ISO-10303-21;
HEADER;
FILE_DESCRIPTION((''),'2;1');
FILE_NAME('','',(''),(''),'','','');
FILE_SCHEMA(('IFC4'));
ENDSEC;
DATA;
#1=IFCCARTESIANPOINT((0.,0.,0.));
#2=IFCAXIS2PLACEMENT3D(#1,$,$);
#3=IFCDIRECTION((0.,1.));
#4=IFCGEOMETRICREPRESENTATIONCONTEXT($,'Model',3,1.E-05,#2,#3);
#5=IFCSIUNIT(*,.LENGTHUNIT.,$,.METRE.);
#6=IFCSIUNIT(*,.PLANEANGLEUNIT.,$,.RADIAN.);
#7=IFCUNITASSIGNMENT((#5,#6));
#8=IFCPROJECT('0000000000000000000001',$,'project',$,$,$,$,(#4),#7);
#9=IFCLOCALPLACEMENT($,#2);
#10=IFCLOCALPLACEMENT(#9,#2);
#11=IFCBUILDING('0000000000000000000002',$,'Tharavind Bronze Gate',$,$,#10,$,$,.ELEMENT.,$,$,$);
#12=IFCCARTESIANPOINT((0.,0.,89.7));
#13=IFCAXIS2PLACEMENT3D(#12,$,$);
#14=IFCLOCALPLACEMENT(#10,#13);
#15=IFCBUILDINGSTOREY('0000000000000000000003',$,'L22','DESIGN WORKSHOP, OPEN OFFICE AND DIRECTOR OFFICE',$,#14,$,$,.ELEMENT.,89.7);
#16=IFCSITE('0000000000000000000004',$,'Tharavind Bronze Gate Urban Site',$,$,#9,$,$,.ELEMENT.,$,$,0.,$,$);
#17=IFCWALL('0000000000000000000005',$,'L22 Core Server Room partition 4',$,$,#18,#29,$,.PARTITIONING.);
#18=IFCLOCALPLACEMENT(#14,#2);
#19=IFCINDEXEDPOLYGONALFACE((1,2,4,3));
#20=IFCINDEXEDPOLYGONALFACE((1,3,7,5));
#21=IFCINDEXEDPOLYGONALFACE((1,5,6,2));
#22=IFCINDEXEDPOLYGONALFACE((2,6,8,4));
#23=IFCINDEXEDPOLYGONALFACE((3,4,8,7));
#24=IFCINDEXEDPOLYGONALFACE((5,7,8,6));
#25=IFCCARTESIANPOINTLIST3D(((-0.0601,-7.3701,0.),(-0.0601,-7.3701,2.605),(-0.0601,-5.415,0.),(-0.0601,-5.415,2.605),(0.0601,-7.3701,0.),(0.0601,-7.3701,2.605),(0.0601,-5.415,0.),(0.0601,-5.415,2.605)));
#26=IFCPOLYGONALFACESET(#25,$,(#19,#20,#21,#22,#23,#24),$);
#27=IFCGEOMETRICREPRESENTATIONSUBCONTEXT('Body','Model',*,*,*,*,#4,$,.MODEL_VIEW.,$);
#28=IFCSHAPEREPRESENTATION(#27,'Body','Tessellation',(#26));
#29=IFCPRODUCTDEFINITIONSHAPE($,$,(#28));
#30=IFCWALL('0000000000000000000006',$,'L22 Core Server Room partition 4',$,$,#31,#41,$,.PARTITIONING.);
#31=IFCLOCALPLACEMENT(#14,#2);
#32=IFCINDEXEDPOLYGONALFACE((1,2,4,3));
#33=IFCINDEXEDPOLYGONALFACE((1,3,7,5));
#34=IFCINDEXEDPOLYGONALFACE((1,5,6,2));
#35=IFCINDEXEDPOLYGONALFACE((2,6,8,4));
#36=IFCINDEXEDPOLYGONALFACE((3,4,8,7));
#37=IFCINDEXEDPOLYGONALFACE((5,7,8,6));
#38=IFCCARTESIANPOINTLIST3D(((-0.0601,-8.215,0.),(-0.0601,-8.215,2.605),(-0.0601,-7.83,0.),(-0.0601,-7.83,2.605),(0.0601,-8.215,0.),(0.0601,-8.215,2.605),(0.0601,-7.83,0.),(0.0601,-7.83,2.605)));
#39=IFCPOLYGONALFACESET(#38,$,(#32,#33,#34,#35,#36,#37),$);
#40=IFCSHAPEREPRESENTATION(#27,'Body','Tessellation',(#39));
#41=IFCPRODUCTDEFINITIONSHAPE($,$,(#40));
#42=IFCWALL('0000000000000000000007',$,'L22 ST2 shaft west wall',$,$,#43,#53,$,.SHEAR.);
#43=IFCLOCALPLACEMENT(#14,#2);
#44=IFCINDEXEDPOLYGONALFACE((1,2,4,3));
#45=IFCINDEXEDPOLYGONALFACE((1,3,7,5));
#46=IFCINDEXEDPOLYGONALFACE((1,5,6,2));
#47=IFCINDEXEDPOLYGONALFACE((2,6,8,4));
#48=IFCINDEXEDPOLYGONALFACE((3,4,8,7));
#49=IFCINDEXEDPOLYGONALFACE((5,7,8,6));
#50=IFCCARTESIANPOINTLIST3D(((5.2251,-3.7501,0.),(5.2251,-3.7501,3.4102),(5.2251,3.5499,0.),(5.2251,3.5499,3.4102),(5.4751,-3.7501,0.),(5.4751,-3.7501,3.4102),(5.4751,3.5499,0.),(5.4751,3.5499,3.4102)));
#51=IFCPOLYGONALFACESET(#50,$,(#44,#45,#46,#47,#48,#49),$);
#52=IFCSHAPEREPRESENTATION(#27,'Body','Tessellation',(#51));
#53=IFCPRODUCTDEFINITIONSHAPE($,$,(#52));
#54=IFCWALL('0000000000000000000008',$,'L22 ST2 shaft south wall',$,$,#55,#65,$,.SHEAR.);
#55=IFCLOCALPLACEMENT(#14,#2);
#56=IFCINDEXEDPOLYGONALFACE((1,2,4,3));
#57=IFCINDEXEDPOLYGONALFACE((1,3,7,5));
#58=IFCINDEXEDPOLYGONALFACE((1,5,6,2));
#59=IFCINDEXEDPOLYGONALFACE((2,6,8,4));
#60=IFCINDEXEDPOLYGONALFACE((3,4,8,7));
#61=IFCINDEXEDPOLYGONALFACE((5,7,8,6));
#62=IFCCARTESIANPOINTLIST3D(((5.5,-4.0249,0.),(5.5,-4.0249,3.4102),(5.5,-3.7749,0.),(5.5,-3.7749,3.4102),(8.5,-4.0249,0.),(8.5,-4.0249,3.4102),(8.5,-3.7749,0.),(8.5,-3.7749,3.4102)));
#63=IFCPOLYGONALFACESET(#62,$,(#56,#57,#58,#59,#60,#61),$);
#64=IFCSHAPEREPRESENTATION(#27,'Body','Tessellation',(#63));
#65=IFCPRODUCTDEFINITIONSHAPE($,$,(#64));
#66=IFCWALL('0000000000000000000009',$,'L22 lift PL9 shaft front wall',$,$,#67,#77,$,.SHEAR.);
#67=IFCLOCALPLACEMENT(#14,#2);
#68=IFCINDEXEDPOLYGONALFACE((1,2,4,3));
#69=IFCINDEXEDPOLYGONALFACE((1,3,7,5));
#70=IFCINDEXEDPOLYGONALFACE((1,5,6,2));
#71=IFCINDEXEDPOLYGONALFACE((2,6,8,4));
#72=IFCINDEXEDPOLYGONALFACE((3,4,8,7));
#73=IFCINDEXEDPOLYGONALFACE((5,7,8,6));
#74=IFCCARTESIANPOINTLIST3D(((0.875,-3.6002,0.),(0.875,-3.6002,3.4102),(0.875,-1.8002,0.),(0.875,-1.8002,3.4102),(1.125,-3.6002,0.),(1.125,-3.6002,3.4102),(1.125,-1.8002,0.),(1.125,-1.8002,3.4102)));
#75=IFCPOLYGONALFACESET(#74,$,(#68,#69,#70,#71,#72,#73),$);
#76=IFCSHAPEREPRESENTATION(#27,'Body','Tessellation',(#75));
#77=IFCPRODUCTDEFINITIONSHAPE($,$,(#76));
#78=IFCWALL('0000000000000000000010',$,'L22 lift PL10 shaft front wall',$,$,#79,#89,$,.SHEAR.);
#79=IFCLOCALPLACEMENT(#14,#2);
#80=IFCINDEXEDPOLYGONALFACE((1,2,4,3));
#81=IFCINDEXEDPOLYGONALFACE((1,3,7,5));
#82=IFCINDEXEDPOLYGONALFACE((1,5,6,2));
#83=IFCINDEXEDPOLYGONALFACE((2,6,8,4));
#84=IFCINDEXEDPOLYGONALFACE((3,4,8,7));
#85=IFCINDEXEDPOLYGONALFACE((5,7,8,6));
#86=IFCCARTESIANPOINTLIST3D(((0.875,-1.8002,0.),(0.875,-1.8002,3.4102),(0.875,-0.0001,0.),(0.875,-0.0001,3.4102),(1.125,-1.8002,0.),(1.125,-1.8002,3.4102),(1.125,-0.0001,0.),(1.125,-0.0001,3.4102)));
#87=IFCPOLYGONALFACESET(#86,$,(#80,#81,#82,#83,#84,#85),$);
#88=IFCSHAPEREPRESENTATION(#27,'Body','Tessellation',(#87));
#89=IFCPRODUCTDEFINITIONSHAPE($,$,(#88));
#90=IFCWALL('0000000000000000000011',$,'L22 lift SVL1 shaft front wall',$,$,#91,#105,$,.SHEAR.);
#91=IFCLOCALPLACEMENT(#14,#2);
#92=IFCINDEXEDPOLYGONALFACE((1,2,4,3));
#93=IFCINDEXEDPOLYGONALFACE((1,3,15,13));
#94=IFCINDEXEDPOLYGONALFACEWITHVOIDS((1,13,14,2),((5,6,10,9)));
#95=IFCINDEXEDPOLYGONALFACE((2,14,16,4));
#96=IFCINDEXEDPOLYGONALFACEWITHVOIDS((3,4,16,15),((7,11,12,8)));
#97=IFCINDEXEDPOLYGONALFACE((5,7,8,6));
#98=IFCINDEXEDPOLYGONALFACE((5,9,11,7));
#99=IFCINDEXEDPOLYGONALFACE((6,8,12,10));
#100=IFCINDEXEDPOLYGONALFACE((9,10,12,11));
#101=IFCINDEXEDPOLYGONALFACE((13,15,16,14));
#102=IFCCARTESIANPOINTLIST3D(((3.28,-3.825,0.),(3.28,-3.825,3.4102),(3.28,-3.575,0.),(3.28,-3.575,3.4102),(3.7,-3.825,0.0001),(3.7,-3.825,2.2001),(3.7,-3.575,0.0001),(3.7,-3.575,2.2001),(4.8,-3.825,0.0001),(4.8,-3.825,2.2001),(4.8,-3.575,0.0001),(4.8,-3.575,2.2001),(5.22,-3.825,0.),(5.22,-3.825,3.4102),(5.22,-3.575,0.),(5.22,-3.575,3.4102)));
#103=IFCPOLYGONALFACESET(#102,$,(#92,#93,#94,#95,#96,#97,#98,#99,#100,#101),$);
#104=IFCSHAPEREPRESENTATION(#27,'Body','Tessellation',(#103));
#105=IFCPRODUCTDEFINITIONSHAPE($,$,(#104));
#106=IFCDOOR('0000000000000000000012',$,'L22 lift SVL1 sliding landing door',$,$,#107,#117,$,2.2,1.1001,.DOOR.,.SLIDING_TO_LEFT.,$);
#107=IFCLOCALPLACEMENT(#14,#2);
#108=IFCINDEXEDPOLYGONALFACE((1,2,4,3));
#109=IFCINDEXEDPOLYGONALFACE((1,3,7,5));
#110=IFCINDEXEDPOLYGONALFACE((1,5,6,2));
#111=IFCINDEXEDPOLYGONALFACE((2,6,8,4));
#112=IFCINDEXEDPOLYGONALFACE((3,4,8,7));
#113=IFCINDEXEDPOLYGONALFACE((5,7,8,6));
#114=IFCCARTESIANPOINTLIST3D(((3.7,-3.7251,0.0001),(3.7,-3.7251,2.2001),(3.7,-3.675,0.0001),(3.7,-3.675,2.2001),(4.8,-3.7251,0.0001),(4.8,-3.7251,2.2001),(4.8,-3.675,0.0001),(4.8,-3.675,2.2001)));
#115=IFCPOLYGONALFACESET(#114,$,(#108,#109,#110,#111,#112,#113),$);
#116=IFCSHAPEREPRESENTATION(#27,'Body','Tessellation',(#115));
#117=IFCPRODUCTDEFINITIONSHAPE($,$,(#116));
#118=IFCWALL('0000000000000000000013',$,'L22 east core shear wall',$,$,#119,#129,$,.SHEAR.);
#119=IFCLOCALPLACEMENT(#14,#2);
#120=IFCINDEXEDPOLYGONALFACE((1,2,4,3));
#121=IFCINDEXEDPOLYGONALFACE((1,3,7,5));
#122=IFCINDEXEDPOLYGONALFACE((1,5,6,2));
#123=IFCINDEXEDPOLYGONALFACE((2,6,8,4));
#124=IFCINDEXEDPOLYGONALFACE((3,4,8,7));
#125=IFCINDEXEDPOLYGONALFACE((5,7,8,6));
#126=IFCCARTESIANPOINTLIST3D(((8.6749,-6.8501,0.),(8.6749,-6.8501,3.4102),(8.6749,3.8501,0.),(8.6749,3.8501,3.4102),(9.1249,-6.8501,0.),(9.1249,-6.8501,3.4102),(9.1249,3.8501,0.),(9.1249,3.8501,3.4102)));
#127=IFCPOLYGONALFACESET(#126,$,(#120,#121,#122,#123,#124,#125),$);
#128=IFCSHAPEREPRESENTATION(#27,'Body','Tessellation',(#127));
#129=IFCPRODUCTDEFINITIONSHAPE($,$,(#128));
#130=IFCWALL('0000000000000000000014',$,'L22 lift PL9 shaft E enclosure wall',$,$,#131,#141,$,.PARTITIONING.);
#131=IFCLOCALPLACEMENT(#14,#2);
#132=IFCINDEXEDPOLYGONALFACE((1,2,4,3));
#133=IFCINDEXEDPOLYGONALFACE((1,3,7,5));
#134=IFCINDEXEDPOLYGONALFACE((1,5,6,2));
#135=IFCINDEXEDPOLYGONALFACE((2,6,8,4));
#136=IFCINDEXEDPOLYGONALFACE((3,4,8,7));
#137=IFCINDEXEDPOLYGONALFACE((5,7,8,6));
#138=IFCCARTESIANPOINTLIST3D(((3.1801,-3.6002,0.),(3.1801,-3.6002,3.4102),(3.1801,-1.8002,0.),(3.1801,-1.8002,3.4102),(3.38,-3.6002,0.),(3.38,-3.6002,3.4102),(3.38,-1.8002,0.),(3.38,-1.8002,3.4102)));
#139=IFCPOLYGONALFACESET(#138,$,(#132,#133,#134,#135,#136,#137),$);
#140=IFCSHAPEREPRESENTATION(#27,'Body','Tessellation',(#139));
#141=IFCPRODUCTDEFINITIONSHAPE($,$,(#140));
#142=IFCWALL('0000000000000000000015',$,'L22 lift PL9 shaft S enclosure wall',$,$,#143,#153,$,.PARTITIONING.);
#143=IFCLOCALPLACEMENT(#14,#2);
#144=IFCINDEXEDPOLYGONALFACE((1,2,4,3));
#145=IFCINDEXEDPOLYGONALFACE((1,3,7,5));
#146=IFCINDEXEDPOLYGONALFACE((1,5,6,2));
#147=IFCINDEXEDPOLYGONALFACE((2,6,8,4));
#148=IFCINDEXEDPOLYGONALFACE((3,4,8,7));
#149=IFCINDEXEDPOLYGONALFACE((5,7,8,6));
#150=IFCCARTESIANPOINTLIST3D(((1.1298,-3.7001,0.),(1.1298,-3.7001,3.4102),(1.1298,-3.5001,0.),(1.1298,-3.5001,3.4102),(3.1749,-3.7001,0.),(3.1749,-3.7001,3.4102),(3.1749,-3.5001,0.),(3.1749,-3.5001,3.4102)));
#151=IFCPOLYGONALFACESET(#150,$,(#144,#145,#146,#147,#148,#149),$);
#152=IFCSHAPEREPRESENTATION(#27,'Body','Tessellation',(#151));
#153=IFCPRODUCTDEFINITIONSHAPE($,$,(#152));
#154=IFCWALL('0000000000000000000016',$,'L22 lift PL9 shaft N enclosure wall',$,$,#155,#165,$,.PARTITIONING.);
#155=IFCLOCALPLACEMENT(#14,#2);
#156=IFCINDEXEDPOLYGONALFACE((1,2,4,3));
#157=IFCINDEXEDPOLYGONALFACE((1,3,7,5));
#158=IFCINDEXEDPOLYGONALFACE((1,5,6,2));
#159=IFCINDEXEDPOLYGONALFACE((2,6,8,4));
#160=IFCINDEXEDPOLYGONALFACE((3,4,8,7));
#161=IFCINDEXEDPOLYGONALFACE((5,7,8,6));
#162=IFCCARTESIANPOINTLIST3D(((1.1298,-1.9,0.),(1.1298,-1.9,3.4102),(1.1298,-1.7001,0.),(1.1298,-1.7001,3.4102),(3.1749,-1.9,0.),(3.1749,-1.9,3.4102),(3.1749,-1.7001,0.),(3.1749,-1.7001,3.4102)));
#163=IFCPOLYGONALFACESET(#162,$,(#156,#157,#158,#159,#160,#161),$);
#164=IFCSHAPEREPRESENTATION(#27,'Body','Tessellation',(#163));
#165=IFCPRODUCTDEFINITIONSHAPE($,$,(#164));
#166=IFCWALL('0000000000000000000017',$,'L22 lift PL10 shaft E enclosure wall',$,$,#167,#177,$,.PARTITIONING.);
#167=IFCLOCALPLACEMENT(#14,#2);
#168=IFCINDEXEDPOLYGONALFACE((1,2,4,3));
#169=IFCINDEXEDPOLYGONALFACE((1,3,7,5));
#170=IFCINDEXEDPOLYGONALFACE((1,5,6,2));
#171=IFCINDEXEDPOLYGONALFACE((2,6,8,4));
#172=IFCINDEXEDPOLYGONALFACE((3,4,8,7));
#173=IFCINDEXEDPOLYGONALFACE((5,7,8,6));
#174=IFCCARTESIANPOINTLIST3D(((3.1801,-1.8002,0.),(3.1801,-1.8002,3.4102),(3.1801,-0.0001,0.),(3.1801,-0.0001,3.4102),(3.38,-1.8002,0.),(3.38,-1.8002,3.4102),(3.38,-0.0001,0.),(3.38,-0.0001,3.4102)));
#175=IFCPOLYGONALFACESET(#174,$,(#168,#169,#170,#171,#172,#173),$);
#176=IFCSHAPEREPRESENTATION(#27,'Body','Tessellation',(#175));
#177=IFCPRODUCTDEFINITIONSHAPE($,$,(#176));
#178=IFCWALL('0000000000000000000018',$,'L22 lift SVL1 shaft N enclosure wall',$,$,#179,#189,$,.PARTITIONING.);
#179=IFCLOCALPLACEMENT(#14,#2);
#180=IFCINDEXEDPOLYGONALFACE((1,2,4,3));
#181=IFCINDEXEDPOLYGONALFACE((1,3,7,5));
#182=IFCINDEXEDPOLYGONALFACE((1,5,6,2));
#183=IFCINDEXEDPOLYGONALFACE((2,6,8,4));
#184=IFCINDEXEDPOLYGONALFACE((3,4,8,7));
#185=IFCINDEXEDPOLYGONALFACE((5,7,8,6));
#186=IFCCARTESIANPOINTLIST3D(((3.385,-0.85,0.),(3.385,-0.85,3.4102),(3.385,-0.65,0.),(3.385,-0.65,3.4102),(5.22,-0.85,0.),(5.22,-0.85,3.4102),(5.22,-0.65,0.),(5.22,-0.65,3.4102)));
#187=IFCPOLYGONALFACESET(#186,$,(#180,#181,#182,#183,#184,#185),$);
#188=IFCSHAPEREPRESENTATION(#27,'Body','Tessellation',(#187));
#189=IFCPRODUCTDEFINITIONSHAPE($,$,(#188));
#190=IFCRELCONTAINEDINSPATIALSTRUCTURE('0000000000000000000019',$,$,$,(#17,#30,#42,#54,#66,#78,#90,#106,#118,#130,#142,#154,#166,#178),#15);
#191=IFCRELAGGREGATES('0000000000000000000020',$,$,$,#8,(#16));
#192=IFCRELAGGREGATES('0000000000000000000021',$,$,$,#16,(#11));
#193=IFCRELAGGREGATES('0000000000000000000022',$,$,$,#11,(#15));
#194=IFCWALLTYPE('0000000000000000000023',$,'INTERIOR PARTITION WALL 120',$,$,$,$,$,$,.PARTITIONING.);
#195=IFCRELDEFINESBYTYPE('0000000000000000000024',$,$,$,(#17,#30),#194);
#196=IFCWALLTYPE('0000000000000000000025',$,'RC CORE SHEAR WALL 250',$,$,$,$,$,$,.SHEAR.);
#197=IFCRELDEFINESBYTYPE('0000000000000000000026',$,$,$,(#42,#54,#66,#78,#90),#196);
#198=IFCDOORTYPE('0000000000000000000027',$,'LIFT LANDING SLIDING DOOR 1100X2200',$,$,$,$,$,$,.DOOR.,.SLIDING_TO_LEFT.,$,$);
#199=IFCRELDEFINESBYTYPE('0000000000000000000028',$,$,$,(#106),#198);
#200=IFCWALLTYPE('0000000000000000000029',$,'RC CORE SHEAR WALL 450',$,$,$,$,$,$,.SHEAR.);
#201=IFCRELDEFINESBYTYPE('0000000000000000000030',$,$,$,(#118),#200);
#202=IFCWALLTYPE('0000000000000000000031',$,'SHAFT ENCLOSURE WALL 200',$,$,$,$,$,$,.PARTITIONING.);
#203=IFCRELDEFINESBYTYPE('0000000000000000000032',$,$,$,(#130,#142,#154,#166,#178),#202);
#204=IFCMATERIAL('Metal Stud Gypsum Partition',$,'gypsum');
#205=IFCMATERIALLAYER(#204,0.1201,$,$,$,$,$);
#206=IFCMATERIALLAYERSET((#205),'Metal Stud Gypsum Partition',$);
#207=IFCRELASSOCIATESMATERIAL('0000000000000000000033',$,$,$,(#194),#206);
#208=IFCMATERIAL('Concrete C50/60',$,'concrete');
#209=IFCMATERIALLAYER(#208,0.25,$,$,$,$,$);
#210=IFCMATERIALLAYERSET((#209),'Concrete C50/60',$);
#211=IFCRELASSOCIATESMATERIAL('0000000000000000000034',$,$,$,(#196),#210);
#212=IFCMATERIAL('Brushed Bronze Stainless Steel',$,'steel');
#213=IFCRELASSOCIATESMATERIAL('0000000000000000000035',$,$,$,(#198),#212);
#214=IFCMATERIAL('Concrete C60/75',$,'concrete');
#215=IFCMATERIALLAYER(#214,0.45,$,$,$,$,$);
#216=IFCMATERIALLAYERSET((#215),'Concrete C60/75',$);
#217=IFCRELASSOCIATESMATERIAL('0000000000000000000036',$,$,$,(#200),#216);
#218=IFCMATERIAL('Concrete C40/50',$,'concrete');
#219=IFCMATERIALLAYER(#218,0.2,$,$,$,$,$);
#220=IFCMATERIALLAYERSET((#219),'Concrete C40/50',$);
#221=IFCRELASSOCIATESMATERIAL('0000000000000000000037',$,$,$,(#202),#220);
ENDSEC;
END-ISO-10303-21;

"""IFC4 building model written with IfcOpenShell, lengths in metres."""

from ifc_helpers import new_model, si_unit, direction, frame, frame_2d, origin, place, context, subcontext, project, spatial, rectangle, extrude, material, layer, layer_set, type_object, element, fill, save


model = new_model("IFC4")

# Units and contexts
model_context = context("Model", 3, precision=1e-05, world=origin(), true_north=direction((0.0, 1.0)))
body_context = subcontext(model_context, "Body", "Model", "MODEL_VIEW")
ifc_project = project(units=[si_unit("LENGTHUNIT", "METRE"), si_unit("PLANEANGLEUNIT", "RADIAN")], contexts=[model_context])

# Site, building, storey
site_placement = place(None, origin())
site = spatial("IfcSite", under=ifc_project, at=site_placement, Name="Tharavind Bronze Gate Urban Site", CompositionType="ELEMENT", RefElevation=0.0)
building_placement = place(site_placement, origin())
building = spatial("IfcBuilding", under=site, at=building_placement, Name="Tharavind Bronze Gate", CompositionType="ELEMENT")
storey_placement = place(building_placement, frame((0.0, 0.0, 89.7)))
storey = spatial("IfcBuildingStorey", under=building, at=storey_placement, Name="L22", Description="DESIGN WORKSHOP, OPEN OFFICE AND DIRECTOR OFFICE", CompositionType="ELEMENT", Elevation=89.7)

# Shared definitions
ifc_material_1 = material(Name="Concrete C60/75", Category="concrete")

# Walls
ifc_material_2 = material(Name="Metal Stud Gypsum Partition", Category="gypsum")
ifc_layer_1 = layer(ifc_material_2, 0.1201)
ifc_layer_set_1 = layer_set([ifc_layer_1], Name="Metal Stud Gypsum Partition")
wall_type_1 = type_object("IfcWallType", Name="INTERIOR PARTITION WALL 120", PredefinedType="PARTITIONING", material=ifc_layer_set_1)
wall_1_placement = place(storey_placement, frame((0.0, -5.415, 0.0), z_axis=(0.0, 0.0, 1.0), x_axis=(0.0, -1.0, 0.0)))
element("IfcWall", 1, at=wall_1_placement, inside=storey, type_object=wall_type_1, Name="L22 Core Server Room partition 4", PredefinedType="PARTITIONING", context=body_context, shape_type="SweptSolid", body=[
    extrude(rectangle(XDim=1.9551, YDim=0.1201, at=frame_2d((0.9775, 0.0))), origin(), (0.0, 0.0, 1.0), 2.605),
])
wall_2_placement = place(storey_placement, frame((0.0, -7.8301, 0.0), z_axis=(0.0, 0.0, 1.0), x_axis=(0.0, -1.0, 0.0)))
element("IfcWall", 2, at=wall_2_placement, inside=storey, type_object=wall_type_1, Name="L22 Core Server Room partition 4", PredefinedType="PARTITIONING", context=body_context, shape_type="SweptSolid", body=[
    extrude(rectangle(XDim=0.385, YDim=0.1201, at=frame_2d((0.1924, 0.0))), origin(), (0.0, 0.0, 1.0), 2.605),
])
ifc_material_3 = material(Name="Concrete C50/60", Category="concrete")
ifc_layer_2 = layer(ifc_material_3, 0.25)
ifc_layer_set_2 = layer_set([ifc_layer_2], Name="Concrete C50/60")
wall_type_2 = type_object("IfcWallType", Name="RC CORE SHEAR WALL 250", PredefinedType="SHEAR", material=ifc_layer_set_2)
wall_3_placement = place(storey_placement, frame((5.3501, -3.75, 0.0), z_axis=(0.0, 0.0, 1.0), x_axis=(0.0, 1.0, 0.0)))
element("IfcWall", 3, at=wall_3_placement, inside=storey, type_object=wall_type_2, Name="L22 ST2 shaft west wall", PredefinedType="SHEAR", context=body_context, shape_type="SweptSolid", body=[
    extrude(rectangle(XDim=7.3, YDim=0.25, at=frame_2d((3.6499, 0.0))), origin(), (0.0, 0.0, 1.0), 3.4102),
])
wall_4_placement = place(storey_placement, frame((5.5, -3.8999, 0.0), z_axis=(0.0, 0.0, 1.0), x_axis=(1.0, 0.0, 0.0)))
element("IfcWall", 4, at=wall_4_placement, inside=storey, type_object=wall_type_2, Name="L22 ST2 shaft south wall", PredefinedType="SHEAR", context=body_context, shape_type="SweptSolid", body=[
    extrude(rectangle(XDim=3.0, YDim=0.25, at=frame_2d((1.5, 0.0))), origin(), (0.0, 0.0, 1.0), 3.4102),
])
for number, where, z_axis, x_axis, name in (
    (5, (1.0, -3.6001, 0.0), (0.0, 0.0, 1.0), (0.0, 1.0, 0.0), "L22 lift PL9 shaft front wall"),
    (6, (1.0, -1.8, 0.0), (0.0, 0.0, 1.0), (0.0, 1.0, 0.0), "L22 lift PL10 shaft front wall"),
):
    element("IfcWall", number, at=place(storey_placement, frame(where, z_axis=z_axis, x_axis=x_axis)), inside=storey, type_object=wall_type_2, Name=name, PredefinedType="SHEAR", context=body_context, shape_type="SweptSolid", body=[
        extrude(rectangle(XDim=1.8, YDim=0.25, at=frame_2d((0.8999, 0.0))), origin(), (0.0, 0.0, 1.0), 3.4102),
    ])

# Wall, opening, door
wall_5_placement = place(storey_placement, frame((3.28, -3.7, 0.0), z_axis=(0.0, 0.0, 1.0), x_axis=(1.0, 0.0, 0.0)))
wall_5 = element("IfcWall", 7, at=wall_5_placement, inside=storey, type_object=wall_type_2, Name="L22 lift SVL1 shaft front wall", PredefinedType="SHEAR", context=body_context, shape_type="SweptSolid", body=[
    extrude(rectangle(XDim=1.9399, YDim=0.25, at=frame_2d((0.97, 0.0))), origin(), (0.0, 0.0, 1.0), 3.4102),
])
opening_1_placement = place(wall_5_placement, frame((0.4199, 0.0, 0.0)))
opening_1 = element("IfcOpeningElement", 8, at=opening_1_placement, cuts=wall_5, PredefinedType="OPENING", context=body_context, shape_type="SweptSolid", body=[
    extrude(rectangle(XDim=1.1001, YDim=2.2, at=frame_2d((0.55, 1.1001))), frame((0.0, 0.135, 0.0), z_axis=(0.0, -1.0, 0.0), x_axis=(1.0, 0.0, 0.0)), (0.0, 0.0, 1.0), 0.27),
])
ifc_material_4 = material(Name="Brushed Bronze Stainless Steel", Category="steel")
door_type_1 = type_object("IfcDoorType", Name="LIFT LANDING SLIDING DOOR 1100X2200", OperationType="SLIDING_TO_LEFT", PredefinedType="DOOR", material=ifc_material_4)
door_1_placement = place(opening_1_placement, origin())
door_1 = element("IfcDoor", 9, at=door_1_placement, inside=storey, type_object=door_type_1, Name="L22 lift SVL1 sliding landing door", OperationType="SLIDING_TO_LEFT", OverallHeight=2.2, OverallWidth=1.1001, PredefinedType="DOOR", context=body_context, shape_type="SweptSolid", body=[
    extrude(rectangle(XDim=1.1001, YDim=2.2, at=frame_2d((0.55, 1.1001))), frame((0.0, 0.0249, 0.0), z_axis=(0.0, -1.0, 0.0), x_axis=(1.0, 0.0, 0.0)), (0.0, 0.0, 1.0), 0.05),
])
fill(opening_1, door_1)

# Walls
ifc_layer_3 = layer(ifc_material_1, 0.45)
ifc_layer_set_3 = layer_set([ifc_layer_3], Name="Concrete C60/75")
wall_type_3 = type_object("IfcWallType", Name="RC CORE SHEAR WALL 450", PredefinedType="SHEAR", material=ifc_layer_set_3)
wall_6_placement = place(storey_placement, frame((8.8999, -6.8501, 0.0), z_axis=(0.0, 0.0, 1.0), x_axis=(0.0, 1.0, 0.0)))
element("IfcWall", 10, at=wall_6_placement, inside=storey, type_object=wall_type_3, Name="L22 east core shear wall", PredefinedType="SHEAR", context=body_context, shape_type="SweptSolid", body=[
    extrude(rectangle(XDim=10.7002, YDim=0.45, at=frame_2d((5.3501, 0.0))), origin(), (0.0, 0.0, 1.0), 3.4102),
])
ifc_material_5 = material(Name="Concrete C40/50", Category="concrete")
ifc_layer_4 = layer(ifc_material_5, 0.2)
ifc_layer_set_4 = layer_set([ifc_layer_4], Name="Concrete C40/50")
wall_type_4 = type_object("IfcWallType", Name="SHAFT ENCLOSURE WALL 200", PredefinedType="PARTITIONING", material=ifc_layer_set_4)
wall_7_placement = place(storey_placement, frame((3.28, -3.6001, 0.0), z_axis=(0.0, 0.0, 1.0), x_axis=(0.0, 1.0, 0.0)))
element("IfcWall", 11, at=wall_7_placement, inside=storey, type_object=wall_type_4, Name="L22 lift PL9 shaft E enclosure wall", PredefinedType="PARTITIONING", context=body_context, shape_type="SweptSolid", body=[
    extrude(rectangle(XDim=1.8, YDim=0.2, at=frame_2d((0.8999, 0.0))), origin(), (0.0, 0.0, 1.0), 3.4102),
])
for number, where, z_axis, x_axis, name in (
    (12, (1.1299, -3.6001, 0.0), (0.0, 0.0, 1.0), (1.0, 0.0, 0.0), "L22 lift PL9 shaft S enclosure wall"),
    (13, (1.1299, -1.8, 0.0), (0.0, 0.0, 1.0), (1.0, 0.0, 0.0), "L22 lift PL9 shaft N enclosure wall"),
):
    element("IfcWall", number, at=place(storey_placement, frame(where, z_axis=z_axis, x_axis=x_axis)), inside=storey, type_object=wall_type_4, Name=name, PredefinedType="PARTITIONING", context=body_context, shape_type="SweptSolid", body=[
        extrude(rectangle(XDim=2.0452, YDim=0.2, at=frame_2d((1.0225, 0.0))), origin(), (0.0, 0.0, 1.0), 3.4102),
    ])
wall_8_placement = place(storey_placement, frame((3.28, -1.8, 0.0), z_axis=(0.0, 0.0, 1.0), x_axis=(0.0, 1.0, 0.0)))
element("IfcWall", 14, at=wall_8_placement, inside=storey, type_object=wall_type_4, Name="L22 lift PL10 shaft E enclosure wall", PredefinedType="PARTITIONING", context=body_context, shape_type="SweptSolid", body=[
    extrude(rectangle(XDim=1.8, YDim=0.2, at=frame_2d((0.8999, 0.0))), origin(), (0.0, 0.0, 1.0), 3.4102),
])
wall_9_placement = place(storey_placement, frame((3.385, -0.75, 0.0), z_axis=(0.0, 0.0, 1.0), x_axis=(1.0, 0.0, 0.0)))
element("IfcWall", 15, at=wall_9_placement, inside=storey, type_object=wall_type_4, Name="L22 lift SVL1 shaft N enclosure wall", PredefinedType="PARTITIONING", context=body_context, shape_type="SweptSolid", body=[
    extrude(rectangle(XDim=1.835, YDim=0.2, at=frame_2d((0.9175, 0.0))), origin(), (0.0, 0.0, 1.0), 3.4102),
])

save(model, "model.ifc")
